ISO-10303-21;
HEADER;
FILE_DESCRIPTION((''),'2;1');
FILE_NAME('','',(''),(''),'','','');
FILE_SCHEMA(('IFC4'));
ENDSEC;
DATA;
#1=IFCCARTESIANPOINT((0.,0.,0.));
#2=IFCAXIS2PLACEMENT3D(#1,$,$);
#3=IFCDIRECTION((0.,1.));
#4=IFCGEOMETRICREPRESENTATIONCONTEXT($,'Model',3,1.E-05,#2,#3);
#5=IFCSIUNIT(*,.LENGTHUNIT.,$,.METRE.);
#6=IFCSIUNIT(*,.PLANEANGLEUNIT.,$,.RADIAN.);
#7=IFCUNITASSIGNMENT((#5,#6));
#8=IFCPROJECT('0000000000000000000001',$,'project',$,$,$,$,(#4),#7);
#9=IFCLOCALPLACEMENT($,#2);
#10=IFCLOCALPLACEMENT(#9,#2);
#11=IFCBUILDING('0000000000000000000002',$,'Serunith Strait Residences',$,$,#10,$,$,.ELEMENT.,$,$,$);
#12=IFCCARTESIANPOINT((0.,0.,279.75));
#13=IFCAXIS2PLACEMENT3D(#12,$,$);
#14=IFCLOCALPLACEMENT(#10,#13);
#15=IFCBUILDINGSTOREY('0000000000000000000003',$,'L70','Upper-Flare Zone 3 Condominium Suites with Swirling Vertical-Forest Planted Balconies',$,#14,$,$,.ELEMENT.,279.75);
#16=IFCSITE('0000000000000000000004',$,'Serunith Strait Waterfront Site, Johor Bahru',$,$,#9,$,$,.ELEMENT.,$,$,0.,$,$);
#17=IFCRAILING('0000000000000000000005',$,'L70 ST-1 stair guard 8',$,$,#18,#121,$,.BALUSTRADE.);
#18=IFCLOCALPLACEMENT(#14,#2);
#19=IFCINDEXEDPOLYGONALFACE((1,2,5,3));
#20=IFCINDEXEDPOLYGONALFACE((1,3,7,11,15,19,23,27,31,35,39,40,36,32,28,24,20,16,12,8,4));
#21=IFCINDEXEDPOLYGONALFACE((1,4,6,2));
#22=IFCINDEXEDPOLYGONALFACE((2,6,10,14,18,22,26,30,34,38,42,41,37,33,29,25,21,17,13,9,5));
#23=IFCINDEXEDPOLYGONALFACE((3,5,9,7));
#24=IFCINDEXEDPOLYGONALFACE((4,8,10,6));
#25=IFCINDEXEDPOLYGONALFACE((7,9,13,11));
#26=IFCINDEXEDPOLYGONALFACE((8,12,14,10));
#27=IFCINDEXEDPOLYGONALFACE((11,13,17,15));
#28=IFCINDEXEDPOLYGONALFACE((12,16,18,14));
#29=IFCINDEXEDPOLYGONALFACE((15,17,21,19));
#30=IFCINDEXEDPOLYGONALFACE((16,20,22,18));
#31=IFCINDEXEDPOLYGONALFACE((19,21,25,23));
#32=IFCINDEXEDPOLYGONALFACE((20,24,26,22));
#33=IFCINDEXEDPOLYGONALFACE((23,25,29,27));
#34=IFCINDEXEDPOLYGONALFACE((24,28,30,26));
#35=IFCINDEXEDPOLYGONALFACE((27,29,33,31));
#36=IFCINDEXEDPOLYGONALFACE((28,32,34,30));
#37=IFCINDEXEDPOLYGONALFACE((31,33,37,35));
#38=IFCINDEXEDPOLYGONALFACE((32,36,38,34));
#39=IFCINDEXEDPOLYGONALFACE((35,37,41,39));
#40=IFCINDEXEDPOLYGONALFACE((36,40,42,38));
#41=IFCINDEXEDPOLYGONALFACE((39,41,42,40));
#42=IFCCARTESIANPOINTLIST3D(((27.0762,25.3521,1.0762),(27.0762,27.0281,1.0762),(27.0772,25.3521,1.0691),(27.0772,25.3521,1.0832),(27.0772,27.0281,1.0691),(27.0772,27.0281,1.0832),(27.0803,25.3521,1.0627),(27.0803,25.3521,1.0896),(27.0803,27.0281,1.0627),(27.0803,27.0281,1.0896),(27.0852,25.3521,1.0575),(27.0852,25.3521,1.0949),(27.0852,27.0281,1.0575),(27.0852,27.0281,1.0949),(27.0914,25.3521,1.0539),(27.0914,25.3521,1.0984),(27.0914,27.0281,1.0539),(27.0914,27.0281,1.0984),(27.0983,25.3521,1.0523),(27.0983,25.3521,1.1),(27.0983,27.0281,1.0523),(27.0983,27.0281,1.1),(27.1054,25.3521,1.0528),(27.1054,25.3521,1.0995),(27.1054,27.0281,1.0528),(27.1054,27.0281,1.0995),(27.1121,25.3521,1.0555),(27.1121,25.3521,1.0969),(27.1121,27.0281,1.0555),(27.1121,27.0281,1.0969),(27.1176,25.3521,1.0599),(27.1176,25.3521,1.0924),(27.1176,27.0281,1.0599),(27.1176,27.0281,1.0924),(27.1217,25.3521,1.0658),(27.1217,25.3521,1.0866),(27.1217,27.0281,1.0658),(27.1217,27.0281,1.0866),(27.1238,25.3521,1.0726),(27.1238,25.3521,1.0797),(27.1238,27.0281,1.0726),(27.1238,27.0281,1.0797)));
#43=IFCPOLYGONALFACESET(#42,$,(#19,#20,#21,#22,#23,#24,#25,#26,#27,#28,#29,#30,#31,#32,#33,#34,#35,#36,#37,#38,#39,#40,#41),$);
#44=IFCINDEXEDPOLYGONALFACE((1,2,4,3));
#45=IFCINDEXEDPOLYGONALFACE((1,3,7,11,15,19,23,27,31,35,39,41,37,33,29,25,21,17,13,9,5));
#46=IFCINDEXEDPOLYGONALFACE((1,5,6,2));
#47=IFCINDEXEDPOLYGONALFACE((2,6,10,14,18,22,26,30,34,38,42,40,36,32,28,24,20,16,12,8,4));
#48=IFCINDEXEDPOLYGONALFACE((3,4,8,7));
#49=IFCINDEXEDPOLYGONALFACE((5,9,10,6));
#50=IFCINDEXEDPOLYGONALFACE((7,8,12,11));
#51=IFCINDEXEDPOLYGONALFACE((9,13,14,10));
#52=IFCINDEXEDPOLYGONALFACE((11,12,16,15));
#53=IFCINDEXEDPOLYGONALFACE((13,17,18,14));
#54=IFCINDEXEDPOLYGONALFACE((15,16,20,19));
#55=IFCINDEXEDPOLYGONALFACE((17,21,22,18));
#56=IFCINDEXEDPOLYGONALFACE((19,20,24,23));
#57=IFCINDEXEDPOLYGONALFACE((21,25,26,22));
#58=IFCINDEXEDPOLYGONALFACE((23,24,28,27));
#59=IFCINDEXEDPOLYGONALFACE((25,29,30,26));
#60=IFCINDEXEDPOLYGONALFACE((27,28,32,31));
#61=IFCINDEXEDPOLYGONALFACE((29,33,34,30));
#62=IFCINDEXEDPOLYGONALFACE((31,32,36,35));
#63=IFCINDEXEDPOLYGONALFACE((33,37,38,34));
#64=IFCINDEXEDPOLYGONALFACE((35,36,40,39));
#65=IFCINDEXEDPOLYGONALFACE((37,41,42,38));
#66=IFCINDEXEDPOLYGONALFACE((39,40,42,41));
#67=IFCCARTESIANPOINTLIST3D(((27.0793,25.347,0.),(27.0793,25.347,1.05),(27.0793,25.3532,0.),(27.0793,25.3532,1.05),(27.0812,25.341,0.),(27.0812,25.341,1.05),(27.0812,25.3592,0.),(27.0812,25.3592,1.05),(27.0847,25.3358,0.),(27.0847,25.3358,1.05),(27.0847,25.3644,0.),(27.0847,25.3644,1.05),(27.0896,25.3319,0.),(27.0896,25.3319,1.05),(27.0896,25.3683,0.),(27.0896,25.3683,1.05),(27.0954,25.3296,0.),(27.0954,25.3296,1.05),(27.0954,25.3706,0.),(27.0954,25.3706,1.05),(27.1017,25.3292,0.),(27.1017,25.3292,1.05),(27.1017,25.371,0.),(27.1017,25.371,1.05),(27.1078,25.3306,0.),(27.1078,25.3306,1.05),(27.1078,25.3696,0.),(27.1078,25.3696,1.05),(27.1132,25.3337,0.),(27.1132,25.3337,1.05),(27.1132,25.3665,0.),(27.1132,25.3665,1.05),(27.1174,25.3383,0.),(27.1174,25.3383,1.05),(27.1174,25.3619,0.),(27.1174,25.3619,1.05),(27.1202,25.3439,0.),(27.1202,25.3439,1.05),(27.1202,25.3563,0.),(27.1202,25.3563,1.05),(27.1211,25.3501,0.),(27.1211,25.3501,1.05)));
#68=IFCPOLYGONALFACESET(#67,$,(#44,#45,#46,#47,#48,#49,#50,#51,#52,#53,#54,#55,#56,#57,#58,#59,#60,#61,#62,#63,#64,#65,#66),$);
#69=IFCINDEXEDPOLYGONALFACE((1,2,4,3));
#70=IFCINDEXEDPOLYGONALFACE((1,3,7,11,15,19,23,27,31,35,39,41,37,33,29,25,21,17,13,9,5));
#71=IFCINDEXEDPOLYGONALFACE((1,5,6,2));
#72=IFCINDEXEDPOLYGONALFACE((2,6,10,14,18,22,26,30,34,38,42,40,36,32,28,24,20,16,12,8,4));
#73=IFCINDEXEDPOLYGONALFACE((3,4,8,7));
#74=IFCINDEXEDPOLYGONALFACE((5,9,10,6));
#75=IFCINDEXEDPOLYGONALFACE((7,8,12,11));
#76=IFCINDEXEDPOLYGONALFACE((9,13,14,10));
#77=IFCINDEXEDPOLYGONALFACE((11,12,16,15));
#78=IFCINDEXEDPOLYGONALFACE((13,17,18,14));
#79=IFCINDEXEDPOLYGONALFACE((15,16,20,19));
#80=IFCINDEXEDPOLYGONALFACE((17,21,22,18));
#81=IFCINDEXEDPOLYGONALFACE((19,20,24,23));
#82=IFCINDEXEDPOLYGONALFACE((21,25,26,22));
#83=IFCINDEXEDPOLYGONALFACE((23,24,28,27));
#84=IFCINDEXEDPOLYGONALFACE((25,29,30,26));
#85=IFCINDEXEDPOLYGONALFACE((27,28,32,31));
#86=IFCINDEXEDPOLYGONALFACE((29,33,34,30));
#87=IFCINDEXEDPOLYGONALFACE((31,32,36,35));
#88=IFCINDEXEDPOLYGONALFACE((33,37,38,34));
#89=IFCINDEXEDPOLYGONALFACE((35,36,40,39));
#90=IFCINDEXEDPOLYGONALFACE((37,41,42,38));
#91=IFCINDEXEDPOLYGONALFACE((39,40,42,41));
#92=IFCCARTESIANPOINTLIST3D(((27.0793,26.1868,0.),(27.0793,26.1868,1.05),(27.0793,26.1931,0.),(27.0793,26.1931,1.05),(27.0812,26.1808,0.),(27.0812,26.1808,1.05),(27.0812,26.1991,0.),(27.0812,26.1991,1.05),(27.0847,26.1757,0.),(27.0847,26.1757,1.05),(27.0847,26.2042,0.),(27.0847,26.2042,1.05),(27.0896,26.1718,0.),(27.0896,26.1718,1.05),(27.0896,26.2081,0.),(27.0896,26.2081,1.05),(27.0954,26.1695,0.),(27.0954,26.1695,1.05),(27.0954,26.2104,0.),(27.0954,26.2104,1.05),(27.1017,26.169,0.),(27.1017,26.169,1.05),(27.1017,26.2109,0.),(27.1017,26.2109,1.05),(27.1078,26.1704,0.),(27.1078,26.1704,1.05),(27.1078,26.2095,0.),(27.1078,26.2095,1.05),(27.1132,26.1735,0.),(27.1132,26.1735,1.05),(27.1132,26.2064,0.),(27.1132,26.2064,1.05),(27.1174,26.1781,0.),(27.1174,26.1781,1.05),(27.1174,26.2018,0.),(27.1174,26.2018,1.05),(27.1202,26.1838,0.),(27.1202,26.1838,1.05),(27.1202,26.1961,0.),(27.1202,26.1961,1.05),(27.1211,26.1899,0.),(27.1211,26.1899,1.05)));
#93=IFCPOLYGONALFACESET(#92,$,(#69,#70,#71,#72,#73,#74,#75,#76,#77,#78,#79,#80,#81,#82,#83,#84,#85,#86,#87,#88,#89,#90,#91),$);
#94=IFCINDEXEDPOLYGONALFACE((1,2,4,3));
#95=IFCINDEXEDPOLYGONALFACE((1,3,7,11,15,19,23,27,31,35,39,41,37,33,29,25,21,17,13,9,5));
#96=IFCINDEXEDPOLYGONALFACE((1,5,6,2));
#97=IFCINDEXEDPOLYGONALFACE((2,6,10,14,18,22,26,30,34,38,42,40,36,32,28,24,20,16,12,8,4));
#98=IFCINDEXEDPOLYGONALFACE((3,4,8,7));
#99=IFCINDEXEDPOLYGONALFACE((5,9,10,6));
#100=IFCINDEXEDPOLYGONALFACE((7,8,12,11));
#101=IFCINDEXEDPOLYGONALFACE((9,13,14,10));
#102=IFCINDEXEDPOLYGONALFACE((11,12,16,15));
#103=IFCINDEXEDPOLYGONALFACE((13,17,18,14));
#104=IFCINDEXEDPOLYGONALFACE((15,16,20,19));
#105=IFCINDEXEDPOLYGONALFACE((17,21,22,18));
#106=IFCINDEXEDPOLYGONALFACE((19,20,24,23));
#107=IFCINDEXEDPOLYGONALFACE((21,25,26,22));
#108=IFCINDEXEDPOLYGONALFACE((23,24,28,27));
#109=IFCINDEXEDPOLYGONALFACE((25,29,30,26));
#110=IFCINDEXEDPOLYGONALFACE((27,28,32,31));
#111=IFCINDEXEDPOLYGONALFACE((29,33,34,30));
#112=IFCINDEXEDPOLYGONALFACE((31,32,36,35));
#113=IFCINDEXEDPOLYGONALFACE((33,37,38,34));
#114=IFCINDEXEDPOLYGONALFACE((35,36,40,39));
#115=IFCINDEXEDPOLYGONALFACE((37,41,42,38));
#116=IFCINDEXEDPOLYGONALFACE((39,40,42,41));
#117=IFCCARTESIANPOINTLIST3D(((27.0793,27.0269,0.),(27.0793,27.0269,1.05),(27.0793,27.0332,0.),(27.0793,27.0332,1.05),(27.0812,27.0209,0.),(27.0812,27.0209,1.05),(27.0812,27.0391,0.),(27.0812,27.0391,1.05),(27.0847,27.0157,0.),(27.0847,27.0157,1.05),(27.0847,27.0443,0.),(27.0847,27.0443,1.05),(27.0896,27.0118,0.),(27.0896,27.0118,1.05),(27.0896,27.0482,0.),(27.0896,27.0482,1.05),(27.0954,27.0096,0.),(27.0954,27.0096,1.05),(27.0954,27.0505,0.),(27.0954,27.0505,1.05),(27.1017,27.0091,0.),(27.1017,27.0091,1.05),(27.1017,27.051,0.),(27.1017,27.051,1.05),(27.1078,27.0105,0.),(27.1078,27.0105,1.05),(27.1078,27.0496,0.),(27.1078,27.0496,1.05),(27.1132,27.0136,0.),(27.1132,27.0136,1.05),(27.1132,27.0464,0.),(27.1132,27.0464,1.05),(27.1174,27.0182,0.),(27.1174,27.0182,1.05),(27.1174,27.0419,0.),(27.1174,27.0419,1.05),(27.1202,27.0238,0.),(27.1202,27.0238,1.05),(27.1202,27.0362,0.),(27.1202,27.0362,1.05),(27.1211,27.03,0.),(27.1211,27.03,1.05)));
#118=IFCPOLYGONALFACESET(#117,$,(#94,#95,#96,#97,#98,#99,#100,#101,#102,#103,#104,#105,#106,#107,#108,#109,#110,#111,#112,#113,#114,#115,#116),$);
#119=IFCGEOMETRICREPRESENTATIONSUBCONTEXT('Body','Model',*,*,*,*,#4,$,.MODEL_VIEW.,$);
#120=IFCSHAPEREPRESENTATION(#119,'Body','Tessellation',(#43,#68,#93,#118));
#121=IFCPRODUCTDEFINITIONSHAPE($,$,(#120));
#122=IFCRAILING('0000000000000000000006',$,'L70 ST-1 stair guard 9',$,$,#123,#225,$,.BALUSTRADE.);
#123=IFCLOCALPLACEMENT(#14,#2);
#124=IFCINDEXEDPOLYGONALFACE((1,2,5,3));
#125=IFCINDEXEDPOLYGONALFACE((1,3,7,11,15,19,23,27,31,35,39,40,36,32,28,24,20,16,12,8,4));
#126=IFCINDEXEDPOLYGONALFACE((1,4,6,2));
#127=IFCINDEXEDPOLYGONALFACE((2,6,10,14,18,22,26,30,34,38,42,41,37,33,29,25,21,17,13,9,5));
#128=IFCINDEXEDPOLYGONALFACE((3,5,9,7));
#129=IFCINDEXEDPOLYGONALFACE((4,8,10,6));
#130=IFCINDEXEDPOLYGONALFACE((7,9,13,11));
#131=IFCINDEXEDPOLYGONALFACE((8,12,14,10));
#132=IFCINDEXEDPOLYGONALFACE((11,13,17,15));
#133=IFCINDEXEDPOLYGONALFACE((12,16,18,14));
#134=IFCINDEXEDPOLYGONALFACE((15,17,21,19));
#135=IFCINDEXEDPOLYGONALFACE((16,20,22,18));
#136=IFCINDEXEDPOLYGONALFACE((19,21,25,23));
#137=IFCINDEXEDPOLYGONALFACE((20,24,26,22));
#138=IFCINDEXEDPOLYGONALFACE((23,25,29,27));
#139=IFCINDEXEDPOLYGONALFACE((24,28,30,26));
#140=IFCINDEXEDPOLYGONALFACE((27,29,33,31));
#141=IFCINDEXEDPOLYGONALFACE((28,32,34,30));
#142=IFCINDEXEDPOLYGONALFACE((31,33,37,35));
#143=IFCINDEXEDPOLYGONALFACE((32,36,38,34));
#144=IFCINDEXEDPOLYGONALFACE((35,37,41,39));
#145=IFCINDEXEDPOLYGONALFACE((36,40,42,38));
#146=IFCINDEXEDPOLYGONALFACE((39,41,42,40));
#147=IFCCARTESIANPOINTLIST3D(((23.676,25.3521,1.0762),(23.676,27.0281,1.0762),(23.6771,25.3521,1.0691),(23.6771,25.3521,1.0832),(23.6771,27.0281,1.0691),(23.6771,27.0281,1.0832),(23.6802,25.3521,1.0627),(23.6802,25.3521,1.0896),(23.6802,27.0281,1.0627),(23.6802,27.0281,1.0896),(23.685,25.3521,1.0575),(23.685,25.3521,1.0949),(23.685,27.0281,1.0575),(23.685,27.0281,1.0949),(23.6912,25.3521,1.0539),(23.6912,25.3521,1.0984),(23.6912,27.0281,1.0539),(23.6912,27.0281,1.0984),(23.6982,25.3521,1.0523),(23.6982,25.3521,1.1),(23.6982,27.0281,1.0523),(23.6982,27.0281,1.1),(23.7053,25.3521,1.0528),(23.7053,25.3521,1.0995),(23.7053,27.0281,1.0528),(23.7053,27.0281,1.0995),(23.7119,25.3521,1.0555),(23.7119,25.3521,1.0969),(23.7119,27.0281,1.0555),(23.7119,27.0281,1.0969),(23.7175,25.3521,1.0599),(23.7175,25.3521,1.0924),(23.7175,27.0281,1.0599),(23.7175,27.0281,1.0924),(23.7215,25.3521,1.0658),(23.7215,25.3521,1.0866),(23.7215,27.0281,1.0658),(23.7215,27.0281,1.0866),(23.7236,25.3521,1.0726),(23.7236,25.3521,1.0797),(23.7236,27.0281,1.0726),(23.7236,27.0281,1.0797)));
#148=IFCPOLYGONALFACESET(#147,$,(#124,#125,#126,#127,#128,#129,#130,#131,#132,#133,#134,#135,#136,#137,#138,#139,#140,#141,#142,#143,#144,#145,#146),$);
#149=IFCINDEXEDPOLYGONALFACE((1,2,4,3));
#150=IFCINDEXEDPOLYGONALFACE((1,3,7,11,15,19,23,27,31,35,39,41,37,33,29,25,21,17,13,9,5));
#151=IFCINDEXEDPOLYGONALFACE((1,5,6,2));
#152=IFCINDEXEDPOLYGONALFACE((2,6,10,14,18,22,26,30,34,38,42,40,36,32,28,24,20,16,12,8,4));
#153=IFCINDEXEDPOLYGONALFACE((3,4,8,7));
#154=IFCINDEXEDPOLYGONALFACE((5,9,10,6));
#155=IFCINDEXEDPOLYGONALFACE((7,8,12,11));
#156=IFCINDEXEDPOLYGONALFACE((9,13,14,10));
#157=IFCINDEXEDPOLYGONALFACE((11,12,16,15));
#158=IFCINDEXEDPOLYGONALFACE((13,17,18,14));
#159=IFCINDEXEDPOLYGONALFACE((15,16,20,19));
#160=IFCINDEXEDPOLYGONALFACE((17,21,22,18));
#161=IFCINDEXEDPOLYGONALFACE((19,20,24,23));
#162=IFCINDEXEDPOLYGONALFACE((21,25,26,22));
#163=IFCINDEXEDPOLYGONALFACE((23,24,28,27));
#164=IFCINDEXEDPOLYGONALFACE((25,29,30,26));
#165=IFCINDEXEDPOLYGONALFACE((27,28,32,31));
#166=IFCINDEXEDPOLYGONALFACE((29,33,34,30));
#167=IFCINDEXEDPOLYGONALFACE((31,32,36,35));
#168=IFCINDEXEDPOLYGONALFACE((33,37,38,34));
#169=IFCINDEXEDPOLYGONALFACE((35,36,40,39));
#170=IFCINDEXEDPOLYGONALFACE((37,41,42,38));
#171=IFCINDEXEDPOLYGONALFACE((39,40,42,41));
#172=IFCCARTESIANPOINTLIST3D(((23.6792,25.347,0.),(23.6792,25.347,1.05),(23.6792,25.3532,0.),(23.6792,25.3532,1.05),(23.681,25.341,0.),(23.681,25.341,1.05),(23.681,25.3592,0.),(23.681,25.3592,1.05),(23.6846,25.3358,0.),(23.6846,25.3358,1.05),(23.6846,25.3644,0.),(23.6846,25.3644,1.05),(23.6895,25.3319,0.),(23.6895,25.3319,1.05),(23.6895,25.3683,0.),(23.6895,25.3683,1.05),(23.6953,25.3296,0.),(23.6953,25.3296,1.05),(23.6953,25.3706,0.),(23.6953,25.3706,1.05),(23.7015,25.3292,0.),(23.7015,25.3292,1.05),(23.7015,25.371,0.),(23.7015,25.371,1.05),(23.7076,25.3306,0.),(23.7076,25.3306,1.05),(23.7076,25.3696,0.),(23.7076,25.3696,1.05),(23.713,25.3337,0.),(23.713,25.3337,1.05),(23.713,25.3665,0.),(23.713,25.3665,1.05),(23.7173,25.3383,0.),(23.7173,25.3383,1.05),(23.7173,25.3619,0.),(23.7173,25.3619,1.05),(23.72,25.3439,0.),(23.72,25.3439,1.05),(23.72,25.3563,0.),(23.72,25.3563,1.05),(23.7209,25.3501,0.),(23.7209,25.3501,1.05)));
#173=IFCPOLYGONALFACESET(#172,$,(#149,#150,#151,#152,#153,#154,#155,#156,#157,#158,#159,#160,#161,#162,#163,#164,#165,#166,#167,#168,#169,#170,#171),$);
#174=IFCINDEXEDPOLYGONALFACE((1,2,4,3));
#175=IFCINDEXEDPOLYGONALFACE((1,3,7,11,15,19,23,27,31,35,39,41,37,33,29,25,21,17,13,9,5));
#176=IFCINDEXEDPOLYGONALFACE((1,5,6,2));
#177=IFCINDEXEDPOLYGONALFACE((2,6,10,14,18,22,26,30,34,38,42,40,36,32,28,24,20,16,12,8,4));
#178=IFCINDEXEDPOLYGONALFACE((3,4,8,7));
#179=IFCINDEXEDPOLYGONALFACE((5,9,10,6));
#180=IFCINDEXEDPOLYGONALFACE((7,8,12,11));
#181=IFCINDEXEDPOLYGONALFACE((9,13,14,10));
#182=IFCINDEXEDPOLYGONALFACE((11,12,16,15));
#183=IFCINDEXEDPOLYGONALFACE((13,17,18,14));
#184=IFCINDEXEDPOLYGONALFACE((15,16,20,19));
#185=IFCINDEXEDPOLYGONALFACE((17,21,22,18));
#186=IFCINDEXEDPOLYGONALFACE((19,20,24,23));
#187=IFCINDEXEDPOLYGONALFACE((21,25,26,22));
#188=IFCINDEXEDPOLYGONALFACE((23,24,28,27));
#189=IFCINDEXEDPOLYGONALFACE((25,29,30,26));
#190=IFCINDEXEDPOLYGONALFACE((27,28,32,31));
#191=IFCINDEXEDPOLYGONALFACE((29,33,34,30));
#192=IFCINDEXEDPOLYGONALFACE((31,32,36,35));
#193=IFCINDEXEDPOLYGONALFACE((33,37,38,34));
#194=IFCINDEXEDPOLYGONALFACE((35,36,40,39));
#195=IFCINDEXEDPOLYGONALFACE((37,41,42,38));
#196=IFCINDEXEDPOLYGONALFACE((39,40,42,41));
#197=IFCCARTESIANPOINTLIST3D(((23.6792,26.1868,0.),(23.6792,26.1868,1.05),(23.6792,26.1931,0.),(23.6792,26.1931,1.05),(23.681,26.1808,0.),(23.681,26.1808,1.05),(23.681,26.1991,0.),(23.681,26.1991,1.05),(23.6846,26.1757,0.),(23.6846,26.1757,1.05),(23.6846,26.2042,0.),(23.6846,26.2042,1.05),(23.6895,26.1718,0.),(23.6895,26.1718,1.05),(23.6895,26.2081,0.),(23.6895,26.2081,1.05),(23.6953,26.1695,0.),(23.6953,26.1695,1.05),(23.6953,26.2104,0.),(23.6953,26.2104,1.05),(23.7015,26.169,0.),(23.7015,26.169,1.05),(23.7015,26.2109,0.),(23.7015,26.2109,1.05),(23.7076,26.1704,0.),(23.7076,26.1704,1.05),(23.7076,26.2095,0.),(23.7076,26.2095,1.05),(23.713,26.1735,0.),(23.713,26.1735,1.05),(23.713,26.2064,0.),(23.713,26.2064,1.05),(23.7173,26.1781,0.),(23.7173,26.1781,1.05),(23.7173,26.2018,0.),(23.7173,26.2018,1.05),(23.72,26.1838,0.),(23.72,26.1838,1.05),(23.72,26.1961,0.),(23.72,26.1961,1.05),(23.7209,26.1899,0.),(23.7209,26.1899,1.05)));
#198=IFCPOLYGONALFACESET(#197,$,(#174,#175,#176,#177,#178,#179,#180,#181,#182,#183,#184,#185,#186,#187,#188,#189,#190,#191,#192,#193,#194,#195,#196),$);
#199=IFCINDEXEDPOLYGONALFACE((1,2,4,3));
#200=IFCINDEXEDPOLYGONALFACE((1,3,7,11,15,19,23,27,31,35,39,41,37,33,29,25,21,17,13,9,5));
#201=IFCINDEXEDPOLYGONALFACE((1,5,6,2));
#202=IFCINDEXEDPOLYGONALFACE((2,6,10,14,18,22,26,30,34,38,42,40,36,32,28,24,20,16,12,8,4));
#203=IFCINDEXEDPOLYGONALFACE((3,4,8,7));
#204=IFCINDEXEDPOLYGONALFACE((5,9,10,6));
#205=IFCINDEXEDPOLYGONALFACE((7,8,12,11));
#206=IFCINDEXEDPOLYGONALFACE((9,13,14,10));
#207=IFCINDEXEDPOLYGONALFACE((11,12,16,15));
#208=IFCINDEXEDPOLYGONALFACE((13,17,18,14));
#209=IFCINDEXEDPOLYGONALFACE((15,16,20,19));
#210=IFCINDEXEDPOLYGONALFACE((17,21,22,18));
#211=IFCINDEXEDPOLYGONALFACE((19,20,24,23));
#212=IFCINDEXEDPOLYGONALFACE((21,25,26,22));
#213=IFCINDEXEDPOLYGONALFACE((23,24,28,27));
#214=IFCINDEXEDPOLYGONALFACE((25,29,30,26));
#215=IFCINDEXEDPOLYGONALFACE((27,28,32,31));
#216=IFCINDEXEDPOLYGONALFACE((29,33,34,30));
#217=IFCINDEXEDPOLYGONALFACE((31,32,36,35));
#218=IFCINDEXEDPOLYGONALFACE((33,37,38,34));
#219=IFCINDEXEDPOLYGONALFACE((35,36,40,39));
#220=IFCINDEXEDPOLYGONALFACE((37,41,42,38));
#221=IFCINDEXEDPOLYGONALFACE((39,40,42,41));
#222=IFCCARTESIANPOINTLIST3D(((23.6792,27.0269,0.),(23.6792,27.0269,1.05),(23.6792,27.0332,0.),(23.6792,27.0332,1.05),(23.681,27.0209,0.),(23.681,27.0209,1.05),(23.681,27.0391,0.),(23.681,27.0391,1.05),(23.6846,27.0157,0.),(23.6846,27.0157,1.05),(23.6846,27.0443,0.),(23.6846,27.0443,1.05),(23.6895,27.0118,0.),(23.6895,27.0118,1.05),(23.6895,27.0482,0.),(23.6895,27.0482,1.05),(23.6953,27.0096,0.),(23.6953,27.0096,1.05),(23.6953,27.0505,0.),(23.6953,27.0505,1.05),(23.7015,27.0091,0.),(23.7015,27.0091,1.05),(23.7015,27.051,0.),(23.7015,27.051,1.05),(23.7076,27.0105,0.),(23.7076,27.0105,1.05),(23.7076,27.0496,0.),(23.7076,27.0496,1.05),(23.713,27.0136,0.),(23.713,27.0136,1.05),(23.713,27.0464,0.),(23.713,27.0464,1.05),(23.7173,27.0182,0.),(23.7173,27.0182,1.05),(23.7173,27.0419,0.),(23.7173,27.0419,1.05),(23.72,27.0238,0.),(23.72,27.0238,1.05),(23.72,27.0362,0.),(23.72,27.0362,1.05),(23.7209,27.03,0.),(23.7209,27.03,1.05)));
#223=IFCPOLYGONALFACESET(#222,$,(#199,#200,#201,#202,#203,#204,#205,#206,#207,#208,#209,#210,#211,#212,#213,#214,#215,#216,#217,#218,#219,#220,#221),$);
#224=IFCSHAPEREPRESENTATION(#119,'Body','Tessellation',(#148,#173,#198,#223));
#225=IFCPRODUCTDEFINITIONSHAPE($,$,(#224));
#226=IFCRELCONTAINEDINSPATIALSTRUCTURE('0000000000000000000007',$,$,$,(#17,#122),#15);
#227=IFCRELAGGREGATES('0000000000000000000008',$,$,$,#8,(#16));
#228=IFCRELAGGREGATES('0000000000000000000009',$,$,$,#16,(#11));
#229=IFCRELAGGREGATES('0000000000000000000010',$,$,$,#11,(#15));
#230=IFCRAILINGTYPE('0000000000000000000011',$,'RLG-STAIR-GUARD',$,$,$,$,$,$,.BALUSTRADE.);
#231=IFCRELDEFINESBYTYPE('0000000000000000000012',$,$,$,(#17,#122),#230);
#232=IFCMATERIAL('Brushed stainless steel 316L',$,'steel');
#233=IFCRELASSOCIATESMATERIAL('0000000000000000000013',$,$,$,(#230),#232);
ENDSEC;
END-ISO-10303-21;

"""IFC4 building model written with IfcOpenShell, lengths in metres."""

from ifc_helpers import new_model, si_unit, direction, frame, origin, origin_2d, place, context, subcontext, project, spatial, circle, extrude, material, type_object, element, save


model = new_model("IFC4")

# Units and contexts
model_context = context("Model", 3, precision=1e-05, world=origin(), true_north=direction((0.0, 1.0)))
body_context = subcontext(model_context, "Body", "Model", "MODEL_VIEW")
ifc_project = project(units=[si_unit("LENGTHUNIT", "METRE"), si_unit("PLANEANGLEUNIT", "RADIAN")], contexts=[model_context])

# Site, building, storey
site_placement = place(None, origin())
site = spatial("IfcSite", under=ifc_project, at=site_placement, Name="Serunith Strait Waterfront Site, Johor Bahru", CompositionType="ELEMENT", RefElevation=0.0)
building_placement = place(site_placement, origin())
building = spatial("IfcBuilding", under=site, at=building_placement, Name="Serunith Strait Residences", CompositionType="ELEMENT")
storey_placement = place(building_placement, frame((0.0, 0.0, 279.75)))
storey = spatial("IfcBuildingStorey", under=building, at=storey_placement, Name="L70", Description="Upper-Flare Zone 3 Condominium Suites with Swirling Vertical-Forest Planted Balconies", CompositionType="ELEMENT", Elevation=279.75)

# Railings
ifc_material_1 = material(Name="Brushed stainless steel 316L", Category="steel")
railing_type = type_object("IfcRailingType", Name="RLG-STAIR-GUARD", PredefinedType="BALUSTRADE", material=ifc_material_1)
for number, where, name in (
    (1, (27.1001, 25.3501, 0.0), "L70 ST-1 stair guard 8"),
    (2, (23.7, 25.3501, 0.0), "L70 ST-1 stair guard 9"),
):
    element("IfcRailing", number, at=place(storey_placement, frame(where)), inside=storey, type_object=railing_type, Name=name, PredefinedType="BALUSTRADE", context=body_context, shape_type="SweptSolid", body=[
        extrude(circle(Radius=0.0239, at=origin_2d()), frame((0.0, 0.002, 1.0762), z_axis=(0.0, 1.0, 0.0), x_axis=(-1.0, 0.0, 0.0)), (0.0, 0.0, 1.0), 1.676),
        extrude(circle(Radius=0.021, at=origin_2d()), origin(), (0.0, 0.0, 1.0), 1.05),
        extrude(circle(Radius=0.021, at=origin_2d()), frame((0.0, 0.8398, 0.0)), (0.0, 0.0, 1.0), 1.05),
        extrude(circle(Radius=0.021, at=origin_2d()), frame((0.0, 1.6799, 0.0)), (0.0, 0.0, 1.0), 1.05),
    ])

save(model, "model.ifc")
